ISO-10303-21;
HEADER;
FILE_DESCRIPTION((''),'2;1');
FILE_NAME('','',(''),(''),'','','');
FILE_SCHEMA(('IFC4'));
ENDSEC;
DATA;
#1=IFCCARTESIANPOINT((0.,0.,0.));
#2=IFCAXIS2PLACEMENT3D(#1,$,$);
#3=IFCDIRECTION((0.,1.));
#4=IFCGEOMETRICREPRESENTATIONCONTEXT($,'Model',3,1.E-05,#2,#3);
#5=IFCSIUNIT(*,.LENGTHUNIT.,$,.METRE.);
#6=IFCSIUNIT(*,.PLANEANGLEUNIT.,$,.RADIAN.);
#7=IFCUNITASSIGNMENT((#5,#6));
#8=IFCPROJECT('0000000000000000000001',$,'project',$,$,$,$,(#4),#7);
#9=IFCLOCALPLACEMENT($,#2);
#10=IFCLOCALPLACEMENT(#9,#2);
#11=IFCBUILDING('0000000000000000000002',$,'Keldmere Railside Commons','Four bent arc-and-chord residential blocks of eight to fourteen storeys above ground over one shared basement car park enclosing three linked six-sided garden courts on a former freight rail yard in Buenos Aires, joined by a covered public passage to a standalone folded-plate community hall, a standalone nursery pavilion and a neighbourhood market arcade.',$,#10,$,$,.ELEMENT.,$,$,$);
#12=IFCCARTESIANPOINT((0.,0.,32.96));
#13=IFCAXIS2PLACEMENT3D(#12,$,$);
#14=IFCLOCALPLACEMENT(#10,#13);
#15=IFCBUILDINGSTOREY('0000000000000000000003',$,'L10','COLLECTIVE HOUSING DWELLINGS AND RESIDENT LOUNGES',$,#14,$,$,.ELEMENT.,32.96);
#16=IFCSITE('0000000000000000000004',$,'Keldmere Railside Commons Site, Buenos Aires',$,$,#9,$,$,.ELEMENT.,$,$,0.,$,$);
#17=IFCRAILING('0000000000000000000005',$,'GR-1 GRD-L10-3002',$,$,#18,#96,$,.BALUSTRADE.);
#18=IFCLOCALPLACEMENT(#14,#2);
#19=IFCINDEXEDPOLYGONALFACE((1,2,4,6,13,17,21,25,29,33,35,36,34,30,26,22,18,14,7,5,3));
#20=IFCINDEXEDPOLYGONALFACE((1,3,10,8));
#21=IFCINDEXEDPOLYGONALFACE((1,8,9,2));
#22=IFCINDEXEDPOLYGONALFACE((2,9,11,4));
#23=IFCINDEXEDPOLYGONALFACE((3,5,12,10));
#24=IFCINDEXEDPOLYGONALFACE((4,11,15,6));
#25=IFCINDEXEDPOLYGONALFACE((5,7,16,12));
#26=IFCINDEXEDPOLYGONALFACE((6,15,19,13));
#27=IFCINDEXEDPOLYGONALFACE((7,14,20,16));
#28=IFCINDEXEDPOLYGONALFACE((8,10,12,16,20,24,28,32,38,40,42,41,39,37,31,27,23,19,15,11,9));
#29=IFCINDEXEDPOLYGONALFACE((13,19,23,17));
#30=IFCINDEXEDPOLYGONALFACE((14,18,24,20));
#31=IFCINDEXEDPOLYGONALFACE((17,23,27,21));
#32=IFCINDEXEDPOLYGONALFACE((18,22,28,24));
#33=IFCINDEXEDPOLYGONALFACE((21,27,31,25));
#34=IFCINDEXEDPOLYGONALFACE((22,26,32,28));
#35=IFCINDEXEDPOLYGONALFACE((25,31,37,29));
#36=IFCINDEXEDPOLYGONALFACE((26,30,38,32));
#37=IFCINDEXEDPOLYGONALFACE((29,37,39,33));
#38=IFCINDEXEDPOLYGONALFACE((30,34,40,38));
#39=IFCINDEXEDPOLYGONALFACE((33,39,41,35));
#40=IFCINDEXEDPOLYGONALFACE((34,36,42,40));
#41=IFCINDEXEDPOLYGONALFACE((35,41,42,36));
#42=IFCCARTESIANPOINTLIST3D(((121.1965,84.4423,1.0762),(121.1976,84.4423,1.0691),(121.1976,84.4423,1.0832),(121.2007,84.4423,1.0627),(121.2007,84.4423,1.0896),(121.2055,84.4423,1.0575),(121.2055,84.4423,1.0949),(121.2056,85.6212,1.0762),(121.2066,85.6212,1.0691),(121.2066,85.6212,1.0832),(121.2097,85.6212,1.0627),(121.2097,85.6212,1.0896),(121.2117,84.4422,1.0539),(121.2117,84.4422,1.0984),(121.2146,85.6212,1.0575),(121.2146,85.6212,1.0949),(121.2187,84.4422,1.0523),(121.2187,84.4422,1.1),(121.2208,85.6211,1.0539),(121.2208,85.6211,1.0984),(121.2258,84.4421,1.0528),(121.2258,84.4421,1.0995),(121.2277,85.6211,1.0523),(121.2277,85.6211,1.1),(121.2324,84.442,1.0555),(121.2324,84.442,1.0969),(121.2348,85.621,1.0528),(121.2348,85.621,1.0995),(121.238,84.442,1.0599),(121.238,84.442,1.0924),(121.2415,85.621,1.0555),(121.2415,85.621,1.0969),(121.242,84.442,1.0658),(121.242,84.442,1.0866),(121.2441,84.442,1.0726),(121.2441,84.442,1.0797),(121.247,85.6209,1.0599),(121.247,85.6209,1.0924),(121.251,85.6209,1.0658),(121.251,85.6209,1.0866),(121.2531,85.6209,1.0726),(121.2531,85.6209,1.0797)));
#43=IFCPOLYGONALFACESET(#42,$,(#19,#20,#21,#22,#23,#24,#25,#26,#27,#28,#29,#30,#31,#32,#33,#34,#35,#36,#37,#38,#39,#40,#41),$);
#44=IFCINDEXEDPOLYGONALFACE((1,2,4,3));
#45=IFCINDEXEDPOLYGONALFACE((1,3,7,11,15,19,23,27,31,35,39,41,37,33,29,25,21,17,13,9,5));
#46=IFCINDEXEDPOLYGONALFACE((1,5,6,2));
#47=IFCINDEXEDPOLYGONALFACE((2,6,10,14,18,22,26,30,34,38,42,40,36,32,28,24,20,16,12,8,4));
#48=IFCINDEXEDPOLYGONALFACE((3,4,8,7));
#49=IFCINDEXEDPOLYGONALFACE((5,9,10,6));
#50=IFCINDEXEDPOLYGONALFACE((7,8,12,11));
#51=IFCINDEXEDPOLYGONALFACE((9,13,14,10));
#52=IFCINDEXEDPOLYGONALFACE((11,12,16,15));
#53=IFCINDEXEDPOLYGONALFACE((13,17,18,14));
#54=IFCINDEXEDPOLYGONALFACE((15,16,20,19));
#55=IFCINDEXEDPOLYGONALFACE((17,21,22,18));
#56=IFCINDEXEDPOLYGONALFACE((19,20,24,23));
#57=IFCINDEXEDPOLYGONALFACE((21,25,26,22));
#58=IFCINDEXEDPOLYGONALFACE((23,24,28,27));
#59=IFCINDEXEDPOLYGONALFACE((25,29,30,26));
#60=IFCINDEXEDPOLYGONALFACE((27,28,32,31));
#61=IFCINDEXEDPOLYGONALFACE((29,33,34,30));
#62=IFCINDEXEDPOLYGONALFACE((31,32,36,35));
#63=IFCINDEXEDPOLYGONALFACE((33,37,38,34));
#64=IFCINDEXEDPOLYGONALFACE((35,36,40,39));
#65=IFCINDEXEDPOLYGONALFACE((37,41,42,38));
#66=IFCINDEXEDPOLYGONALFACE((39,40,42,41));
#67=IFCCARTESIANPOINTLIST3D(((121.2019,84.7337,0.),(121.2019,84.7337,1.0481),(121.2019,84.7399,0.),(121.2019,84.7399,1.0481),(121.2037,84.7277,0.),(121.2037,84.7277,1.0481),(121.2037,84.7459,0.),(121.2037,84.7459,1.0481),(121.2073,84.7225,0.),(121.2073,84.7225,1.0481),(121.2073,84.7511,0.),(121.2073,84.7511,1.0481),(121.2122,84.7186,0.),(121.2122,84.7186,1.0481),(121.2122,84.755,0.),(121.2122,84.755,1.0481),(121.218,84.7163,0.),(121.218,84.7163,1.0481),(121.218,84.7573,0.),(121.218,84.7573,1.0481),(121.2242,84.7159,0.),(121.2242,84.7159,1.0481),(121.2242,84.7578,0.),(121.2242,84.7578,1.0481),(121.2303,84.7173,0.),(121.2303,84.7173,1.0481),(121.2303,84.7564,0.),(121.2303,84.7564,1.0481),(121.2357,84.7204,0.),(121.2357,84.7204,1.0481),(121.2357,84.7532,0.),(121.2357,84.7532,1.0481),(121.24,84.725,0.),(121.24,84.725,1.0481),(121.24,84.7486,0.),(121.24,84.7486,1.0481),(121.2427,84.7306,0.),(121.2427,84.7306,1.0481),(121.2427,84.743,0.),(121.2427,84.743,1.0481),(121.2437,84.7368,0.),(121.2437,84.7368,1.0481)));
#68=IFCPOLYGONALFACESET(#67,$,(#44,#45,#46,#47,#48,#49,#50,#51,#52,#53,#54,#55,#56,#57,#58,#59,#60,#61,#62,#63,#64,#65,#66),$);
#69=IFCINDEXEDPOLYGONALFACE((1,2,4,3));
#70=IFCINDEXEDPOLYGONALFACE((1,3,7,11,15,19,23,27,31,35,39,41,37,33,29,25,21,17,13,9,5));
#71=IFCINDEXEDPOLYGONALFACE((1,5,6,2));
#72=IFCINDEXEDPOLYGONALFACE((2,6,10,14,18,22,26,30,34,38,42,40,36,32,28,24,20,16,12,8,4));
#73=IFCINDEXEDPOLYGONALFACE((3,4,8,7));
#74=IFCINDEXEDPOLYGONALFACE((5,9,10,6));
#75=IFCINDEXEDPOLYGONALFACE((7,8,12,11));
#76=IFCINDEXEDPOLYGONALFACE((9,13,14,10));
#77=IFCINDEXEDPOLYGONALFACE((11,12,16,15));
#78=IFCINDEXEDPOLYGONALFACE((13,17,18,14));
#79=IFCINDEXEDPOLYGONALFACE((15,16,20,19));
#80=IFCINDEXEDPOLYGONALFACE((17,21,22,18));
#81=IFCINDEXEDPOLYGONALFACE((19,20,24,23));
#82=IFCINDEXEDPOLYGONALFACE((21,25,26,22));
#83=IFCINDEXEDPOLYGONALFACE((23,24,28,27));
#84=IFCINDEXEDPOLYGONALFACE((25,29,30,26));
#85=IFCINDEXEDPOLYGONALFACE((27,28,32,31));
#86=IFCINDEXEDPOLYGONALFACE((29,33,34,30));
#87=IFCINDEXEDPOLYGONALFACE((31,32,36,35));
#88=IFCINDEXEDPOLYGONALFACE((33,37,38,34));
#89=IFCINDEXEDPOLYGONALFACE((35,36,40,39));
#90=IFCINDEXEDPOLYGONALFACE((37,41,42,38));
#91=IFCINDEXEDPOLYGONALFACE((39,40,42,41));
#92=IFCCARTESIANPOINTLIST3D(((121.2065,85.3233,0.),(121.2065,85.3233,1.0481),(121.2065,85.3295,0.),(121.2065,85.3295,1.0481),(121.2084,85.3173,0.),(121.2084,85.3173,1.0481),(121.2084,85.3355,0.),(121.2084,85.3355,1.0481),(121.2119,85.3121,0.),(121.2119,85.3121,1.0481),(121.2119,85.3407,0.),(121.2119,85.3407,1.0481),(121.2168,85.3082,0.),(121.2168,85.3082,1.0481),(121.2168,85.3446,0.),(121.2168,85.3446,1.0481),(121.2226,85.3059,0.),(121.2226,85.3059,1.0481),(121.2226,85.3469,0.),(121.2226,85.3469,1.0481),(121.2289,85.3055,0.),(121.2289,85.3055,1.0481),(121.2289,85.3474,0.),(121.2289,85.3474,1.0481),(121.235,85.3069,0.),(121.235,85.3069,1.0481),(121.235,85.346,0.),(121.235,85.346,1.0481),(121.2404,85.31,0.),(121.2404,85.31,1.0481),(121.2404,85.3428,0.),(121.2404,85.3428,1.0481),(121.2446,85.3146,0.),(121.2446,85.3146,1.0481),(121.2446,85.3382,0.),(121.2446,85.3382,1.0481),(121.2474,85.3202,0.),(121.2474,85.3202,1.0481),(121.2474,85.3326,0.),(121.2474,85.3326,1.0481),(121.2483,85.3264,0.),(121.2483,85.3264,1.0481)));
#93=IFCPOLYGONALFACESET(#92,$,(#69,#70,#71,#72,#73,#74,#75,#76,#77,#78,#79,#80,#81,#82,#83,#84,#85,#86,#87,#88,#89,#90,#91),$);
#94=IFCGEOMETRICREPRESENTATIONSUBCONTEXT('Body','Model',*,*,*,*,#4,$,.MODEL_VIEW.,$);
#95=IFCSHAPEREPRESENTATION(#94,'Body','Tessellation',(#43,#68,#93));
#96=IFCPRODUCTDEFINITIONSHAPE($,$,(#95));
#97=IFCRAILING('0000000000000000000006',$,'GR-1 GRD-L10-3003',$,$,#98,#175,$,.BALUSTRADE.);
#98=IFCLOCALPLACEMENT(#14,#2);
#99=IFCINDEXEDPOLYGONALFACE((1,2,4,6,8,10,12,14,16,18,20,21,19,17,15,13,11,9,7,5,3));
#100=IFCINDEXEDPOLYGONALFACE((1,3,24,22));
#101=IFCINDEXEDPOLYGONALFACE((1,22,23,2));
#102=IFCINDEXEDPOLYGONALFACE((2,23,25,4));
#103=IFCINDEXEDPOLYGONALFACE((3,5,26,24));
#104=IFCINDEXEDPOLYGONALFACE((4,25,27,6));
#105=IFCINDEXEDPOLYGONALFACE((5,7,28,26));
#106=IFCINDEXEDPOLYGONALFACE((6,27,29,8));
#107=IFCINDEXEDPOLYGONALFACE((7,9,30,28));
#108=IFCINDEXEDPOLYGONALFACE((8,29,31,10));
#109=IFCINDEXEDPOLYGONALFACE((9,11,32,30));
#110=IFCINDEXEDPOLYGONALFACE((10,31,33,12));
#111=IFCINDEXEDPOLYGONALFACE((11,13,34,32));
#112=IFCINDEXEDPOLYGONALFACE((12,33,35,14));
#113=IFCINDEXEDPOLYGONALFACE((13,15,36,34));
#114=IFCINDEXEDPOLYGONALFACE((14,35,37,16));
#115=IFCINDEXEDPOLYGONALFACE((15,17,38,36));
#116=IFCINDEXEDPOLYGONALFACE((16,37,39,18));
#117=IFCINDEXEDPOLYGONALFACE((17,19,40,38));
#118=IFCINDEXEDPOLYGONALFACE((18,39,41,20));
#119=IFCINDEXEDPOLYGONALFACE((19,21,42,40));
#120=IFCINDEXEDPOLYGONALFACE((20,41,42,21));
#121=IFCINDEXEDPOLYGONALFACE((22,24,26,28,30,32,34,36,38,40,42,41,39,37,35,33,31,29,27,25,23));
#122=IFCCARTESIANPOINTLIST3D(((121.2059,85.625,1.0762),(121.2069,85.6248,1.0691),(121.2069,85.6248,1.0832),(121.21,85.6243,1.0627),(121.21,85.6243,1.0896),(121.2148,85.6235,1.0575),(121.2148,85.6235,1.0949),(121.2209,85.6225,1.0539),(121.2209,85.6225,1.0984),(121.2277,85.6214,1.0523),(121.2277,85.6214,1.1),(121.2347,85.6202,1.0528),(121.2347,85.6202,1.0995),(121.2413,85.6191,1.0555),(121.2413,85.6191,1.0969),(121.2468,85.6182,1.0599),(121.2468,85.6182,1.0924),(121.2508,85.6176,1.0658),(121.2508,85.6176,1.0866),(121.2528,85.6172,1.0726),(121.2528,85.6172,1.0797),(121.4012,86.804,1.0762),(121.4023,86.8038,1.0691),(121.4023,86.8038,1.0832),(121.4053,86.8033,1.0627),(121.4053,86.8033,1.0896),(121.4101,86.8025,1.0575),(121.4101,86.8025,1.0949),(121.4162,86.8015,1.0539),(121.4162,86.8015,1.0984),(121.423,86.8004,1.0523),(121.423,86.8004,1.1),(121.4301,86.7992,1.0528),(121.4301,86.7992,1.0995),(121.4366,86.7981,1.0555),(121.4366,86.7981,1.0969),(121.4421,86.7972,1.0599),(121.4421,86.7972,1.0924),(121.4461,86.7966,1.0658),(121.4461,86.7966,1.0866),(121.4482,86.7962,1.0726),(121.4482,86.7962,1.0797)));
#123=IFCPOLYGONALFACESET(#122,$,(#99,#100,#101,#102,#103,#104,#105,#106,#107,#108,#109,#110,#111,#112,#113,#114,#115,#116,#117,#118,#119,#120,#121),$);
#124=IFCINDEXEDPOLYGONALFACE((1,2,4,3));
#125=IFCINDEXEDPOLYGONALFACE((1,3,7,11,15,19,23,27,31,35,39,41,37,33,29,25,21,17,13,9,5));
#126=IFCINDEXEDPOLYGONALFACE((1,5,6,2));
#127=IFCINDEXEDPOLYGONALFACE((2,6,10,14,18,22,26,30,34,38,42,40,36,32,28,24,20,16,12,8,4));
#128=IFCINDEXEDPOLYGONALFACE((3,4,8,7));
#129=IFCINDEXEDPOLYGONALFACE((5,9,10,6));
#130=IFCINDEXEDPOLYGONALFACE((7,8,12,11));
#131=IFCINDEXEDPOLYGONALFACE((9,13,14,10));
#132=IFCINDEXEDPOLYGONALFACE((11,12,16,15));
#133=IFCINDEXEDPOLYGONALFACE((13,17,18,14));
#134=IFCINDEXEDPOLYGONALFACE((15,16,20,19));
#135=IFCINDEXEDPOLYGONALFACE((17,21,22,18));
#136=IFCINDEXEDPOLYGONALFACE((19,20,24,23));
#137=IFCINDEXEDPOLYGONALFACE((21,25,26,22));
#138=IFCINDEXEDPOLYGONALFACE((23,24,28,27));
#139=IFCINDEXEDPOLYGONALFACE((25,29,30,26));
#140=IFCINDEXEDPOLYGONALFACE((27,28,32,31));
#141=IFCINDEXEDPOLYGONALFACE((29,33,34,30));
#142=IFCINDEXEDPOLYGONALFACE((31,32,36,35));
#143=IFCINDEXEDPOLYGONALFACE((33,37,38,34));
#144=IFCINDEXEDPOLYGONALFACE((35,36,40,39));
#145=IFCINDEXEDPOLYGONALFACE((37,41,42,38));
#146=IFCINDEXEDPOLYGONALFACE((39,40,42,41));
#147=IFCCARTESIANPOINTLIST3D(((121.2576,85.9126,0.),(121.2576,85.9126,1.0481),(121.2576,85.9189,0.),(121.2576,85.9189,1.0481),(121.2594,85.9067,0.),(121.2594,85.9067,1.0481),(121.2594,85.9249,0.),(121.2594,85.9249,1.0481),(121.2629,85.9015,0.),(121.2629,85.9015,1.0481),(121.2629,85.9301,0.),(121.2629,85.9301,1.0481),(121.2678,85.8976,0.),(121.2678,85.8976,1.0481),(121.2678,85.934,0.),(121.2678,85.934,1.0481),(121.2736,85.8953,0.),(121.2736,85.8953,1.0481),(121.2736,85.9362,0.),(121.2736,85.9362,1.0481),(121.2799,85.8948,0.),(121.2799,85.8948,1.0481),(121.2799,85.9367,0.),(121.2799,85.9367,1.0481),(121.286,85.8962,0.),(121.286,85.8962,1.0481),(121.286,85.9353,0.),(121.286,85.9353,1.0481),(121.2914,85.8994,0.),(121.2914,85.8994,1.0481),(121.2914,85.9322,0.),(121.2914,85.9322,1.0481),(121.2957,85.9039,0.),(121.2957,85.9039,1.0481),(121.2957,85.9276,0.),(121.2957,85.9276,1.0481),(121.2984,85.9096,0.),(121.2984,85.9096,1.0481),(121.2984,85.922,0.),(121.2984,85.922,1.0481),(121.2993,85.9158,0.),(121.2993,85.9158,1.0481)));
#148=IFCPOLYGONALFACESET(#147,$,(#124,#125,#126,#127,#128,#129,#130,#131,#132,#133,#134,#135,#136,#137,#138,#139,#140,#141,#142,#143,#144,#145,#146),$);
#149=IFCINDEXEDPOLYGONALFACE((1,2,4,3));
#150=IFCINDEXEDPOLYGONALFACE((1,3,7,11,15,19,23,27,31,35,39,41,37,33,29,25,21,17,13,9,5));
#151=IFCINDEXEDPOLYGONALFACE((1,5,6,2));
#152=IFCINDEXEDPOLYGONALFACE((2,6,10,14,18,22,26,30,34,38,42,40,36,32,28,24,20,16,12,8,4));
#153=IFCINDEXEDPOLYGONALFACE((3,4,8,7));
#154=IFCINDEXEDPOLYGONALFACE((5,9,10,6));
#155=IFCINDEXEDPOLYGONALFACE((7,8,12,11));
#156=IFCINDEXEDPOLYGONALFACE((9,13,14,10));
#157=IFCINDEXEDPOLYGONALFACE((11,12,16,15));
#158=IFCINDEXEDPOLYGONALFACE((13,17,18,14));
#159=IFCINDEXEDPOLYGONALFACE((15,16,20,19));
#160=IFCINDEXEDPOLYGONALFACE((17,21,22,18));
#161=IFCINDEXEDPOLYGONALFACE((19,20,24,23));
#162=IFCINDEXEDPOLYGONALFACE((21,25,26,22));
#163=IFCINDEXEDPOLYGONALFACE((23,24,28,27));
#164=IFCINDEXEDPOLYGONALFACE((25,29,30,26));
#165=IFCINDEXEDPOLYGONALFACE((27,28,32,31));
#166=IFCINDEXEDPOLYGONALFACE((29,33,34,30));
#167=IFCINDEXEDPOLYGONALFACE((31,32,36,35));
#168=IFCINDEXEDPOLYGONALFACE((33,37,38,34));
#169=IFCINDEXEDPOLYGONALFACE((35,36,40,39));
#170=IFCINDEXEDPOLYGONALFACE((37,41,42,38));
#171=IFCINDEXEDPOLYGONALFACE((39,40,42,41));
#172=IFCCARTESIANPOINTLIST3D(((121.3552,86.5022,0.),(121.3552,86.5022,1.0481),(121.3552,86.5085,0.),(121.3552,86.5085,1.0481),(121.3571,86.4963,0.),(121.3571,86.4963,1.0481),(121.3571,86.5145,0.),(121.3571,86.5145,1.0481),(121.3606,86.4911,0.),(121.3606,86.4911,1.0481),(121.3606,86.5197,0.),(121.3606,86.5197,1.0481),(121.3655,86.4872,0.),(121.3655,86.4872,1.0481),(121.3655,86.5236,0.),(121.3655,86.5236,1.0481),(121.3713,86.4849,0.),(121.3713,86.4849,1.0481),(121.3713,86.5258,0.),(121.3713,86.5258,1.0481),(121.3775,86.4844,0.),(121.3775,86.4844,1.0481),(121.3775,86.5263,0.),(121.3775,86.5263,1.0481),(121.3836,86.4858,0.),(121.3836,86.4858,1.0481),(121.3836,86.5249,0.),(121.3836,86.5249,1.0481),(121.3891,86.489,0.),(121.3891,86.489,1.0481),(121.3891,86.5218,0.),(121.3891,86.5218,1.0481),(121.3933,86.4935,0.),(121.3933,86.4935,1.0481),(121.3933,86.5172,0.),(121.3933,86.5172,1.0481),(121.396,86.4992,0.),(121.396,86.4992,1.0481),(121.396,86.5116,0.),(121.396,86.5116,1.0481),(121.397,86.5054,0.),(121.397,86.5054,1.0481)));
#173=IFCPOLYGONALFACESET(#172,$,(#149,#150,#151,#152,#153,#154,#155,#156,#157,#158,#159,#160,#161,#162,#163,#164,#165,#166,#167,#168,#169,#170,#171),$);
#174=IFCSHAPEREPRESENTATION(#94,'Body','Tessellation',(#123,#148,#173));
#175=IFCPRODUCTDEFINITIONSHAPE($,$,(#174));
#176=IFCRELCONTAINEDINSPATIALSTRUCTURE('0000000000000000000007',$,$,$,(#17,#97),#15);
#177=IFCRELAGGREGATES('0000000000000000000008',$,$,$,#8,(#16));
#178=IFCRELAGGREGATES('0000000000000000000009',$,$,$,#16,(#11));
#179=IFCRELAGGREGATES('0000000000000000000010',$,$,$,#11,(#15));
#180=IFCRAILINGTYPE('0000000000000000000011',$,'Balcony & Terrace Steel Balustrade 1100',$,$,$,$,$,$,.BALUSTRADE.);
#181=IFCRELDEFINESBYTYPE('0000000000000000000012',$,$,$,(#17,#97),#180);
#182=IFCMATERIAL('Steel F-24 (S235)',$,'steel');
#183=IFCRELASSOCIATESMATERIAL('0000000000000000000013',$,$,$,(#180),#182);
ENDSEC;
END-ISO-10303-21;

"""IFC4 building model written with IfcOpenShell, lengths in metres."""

from ifc_helpers import new_model, si_unit, direction, frame, origin, origin_2d, place, context, subcontext, project, spatial, circle, extrude, material, type_object, element, save


model = new_model("IFC4")

# Units and contexts
model_context = context("Model", 3, precision=1e-05, world=origin(), true_north=direction((0.0, 1.0)))
body_context = subcontext(model_context, "Body", "Model", "MODEL_VIEW")
ifc_project = project(units=[si_unit("LENGTHUNIT", "METRE"), si_unit("PLANEANGLEUNIT", "RADIAN")], contexts=[model_context])

# Site, building, storey
site_placement = place(None, origin())
site = spatial("IfcSite", under=ifc_project, at=site_placement, Name="Keldmere Railside Commons Site, Buenos Aires", CompositionType="ELEMENT", RefElevation=0.0)
building_placement = place(site_placement, origin())
building = spatial("IfcBuilding", under=site, at=building_placement, Name="Keldmere Railside Commons", Description="Four bent arc-and-chord residential blocks of eight to fourteen storeys above ground over one shared basement car park enclosing three linked six-sided garden courts on a former freight rail yard in Buenos Aires, joined by a covered public passage to a standalone folded-plate community hall, a standalone nursery pavilion and a neighbourhood market arcade.", CompositionType="ELEMENT")
storey_placement = place(building_placement, frame((0.0, 0.0, 32.96)))
storey = spatial("IfcBuildingStorey", under=building, at=storey_placement, Name="L10", Description="COLLECTIVE HOUSING DWELLINGS AND RESIDENT LOUNGES", CompositionType="ELEMENT", Elevation=32.96)

# Railings
ifc_material_1 = material(Name="Steel F-24 (S235)", Category="steel")
railing_type = type_object("IfcRailingType", Name="Balcony & Terrace Steel Balustrade 1100", PredefinedType="BALUSTRADE", material=ifc_material_1)
railing_1_placement = place(storey_placement, frame((121.2205, 84.4421, 0.0)))
element("IfcRailing", 1, at=railing_1_placement, inside=storey, type_object=railing_type, Name="GR-1 GRD-L10-3002", PredefinedType="BALUSTRADE", context=body_context, shape_type="SweptSolid", body=[
    extrude(circle(Radius=0.0239, at=origin_2d()), frame((0.0, 0.0, 1.0762), z_axis=(0.007662, 0.999971, 0.0), x_axis=(-0.999971, 0.007662, 0.0)), (0.0, 0.0, 1.0), 1.179),
    extrude(circle(Radius=0.021, at=origin_2d()), frame((0.0022, 0.2947, 0.0)), (0.0, 0.0, 1.0), 1.0481),
    extrude(circle(Radius=0.021, at=origin_2d()), frame((0.0068, 0.8843, 0.0)), (0.0, 0.0, 1.0), 1.0481),
])
railing_2_placement = place(storey_placement, frame((121.2295, 85.6211, 0.0)))
element("IfcRailing", 2, at=railing_2_placement, inside=storey, type_object=railing_type, Name="GR-1 GRD-L10-3003", PredefinedType="BALUSTRADE", context=body_context, shape_type="SweptSolid", body=[
    extrude(circle(Radius=0.0239, at=origin_2d()), frame((0.0, 0.0, 1.0762), z_axis=(0.163438, 0.986554, 0.0), x_axis=(-0.986554, 0.163438, 0.0)), (0.0, 0.0, 1.0), 1.1951),
    extrude(circle(Radius=0.021, at=origin_2d()), frame((0.0488, 0.2947, 0.0)), (0.0, 0.0, 1.0), 1.0481),
    extrude(circle(Radius=0.021, at=origin_2d()), frame((0.1465, 0.8843, 0.0)), (0.0, 0.0, 1.0), 1.0481),
])

save(model, "model.ifc")
